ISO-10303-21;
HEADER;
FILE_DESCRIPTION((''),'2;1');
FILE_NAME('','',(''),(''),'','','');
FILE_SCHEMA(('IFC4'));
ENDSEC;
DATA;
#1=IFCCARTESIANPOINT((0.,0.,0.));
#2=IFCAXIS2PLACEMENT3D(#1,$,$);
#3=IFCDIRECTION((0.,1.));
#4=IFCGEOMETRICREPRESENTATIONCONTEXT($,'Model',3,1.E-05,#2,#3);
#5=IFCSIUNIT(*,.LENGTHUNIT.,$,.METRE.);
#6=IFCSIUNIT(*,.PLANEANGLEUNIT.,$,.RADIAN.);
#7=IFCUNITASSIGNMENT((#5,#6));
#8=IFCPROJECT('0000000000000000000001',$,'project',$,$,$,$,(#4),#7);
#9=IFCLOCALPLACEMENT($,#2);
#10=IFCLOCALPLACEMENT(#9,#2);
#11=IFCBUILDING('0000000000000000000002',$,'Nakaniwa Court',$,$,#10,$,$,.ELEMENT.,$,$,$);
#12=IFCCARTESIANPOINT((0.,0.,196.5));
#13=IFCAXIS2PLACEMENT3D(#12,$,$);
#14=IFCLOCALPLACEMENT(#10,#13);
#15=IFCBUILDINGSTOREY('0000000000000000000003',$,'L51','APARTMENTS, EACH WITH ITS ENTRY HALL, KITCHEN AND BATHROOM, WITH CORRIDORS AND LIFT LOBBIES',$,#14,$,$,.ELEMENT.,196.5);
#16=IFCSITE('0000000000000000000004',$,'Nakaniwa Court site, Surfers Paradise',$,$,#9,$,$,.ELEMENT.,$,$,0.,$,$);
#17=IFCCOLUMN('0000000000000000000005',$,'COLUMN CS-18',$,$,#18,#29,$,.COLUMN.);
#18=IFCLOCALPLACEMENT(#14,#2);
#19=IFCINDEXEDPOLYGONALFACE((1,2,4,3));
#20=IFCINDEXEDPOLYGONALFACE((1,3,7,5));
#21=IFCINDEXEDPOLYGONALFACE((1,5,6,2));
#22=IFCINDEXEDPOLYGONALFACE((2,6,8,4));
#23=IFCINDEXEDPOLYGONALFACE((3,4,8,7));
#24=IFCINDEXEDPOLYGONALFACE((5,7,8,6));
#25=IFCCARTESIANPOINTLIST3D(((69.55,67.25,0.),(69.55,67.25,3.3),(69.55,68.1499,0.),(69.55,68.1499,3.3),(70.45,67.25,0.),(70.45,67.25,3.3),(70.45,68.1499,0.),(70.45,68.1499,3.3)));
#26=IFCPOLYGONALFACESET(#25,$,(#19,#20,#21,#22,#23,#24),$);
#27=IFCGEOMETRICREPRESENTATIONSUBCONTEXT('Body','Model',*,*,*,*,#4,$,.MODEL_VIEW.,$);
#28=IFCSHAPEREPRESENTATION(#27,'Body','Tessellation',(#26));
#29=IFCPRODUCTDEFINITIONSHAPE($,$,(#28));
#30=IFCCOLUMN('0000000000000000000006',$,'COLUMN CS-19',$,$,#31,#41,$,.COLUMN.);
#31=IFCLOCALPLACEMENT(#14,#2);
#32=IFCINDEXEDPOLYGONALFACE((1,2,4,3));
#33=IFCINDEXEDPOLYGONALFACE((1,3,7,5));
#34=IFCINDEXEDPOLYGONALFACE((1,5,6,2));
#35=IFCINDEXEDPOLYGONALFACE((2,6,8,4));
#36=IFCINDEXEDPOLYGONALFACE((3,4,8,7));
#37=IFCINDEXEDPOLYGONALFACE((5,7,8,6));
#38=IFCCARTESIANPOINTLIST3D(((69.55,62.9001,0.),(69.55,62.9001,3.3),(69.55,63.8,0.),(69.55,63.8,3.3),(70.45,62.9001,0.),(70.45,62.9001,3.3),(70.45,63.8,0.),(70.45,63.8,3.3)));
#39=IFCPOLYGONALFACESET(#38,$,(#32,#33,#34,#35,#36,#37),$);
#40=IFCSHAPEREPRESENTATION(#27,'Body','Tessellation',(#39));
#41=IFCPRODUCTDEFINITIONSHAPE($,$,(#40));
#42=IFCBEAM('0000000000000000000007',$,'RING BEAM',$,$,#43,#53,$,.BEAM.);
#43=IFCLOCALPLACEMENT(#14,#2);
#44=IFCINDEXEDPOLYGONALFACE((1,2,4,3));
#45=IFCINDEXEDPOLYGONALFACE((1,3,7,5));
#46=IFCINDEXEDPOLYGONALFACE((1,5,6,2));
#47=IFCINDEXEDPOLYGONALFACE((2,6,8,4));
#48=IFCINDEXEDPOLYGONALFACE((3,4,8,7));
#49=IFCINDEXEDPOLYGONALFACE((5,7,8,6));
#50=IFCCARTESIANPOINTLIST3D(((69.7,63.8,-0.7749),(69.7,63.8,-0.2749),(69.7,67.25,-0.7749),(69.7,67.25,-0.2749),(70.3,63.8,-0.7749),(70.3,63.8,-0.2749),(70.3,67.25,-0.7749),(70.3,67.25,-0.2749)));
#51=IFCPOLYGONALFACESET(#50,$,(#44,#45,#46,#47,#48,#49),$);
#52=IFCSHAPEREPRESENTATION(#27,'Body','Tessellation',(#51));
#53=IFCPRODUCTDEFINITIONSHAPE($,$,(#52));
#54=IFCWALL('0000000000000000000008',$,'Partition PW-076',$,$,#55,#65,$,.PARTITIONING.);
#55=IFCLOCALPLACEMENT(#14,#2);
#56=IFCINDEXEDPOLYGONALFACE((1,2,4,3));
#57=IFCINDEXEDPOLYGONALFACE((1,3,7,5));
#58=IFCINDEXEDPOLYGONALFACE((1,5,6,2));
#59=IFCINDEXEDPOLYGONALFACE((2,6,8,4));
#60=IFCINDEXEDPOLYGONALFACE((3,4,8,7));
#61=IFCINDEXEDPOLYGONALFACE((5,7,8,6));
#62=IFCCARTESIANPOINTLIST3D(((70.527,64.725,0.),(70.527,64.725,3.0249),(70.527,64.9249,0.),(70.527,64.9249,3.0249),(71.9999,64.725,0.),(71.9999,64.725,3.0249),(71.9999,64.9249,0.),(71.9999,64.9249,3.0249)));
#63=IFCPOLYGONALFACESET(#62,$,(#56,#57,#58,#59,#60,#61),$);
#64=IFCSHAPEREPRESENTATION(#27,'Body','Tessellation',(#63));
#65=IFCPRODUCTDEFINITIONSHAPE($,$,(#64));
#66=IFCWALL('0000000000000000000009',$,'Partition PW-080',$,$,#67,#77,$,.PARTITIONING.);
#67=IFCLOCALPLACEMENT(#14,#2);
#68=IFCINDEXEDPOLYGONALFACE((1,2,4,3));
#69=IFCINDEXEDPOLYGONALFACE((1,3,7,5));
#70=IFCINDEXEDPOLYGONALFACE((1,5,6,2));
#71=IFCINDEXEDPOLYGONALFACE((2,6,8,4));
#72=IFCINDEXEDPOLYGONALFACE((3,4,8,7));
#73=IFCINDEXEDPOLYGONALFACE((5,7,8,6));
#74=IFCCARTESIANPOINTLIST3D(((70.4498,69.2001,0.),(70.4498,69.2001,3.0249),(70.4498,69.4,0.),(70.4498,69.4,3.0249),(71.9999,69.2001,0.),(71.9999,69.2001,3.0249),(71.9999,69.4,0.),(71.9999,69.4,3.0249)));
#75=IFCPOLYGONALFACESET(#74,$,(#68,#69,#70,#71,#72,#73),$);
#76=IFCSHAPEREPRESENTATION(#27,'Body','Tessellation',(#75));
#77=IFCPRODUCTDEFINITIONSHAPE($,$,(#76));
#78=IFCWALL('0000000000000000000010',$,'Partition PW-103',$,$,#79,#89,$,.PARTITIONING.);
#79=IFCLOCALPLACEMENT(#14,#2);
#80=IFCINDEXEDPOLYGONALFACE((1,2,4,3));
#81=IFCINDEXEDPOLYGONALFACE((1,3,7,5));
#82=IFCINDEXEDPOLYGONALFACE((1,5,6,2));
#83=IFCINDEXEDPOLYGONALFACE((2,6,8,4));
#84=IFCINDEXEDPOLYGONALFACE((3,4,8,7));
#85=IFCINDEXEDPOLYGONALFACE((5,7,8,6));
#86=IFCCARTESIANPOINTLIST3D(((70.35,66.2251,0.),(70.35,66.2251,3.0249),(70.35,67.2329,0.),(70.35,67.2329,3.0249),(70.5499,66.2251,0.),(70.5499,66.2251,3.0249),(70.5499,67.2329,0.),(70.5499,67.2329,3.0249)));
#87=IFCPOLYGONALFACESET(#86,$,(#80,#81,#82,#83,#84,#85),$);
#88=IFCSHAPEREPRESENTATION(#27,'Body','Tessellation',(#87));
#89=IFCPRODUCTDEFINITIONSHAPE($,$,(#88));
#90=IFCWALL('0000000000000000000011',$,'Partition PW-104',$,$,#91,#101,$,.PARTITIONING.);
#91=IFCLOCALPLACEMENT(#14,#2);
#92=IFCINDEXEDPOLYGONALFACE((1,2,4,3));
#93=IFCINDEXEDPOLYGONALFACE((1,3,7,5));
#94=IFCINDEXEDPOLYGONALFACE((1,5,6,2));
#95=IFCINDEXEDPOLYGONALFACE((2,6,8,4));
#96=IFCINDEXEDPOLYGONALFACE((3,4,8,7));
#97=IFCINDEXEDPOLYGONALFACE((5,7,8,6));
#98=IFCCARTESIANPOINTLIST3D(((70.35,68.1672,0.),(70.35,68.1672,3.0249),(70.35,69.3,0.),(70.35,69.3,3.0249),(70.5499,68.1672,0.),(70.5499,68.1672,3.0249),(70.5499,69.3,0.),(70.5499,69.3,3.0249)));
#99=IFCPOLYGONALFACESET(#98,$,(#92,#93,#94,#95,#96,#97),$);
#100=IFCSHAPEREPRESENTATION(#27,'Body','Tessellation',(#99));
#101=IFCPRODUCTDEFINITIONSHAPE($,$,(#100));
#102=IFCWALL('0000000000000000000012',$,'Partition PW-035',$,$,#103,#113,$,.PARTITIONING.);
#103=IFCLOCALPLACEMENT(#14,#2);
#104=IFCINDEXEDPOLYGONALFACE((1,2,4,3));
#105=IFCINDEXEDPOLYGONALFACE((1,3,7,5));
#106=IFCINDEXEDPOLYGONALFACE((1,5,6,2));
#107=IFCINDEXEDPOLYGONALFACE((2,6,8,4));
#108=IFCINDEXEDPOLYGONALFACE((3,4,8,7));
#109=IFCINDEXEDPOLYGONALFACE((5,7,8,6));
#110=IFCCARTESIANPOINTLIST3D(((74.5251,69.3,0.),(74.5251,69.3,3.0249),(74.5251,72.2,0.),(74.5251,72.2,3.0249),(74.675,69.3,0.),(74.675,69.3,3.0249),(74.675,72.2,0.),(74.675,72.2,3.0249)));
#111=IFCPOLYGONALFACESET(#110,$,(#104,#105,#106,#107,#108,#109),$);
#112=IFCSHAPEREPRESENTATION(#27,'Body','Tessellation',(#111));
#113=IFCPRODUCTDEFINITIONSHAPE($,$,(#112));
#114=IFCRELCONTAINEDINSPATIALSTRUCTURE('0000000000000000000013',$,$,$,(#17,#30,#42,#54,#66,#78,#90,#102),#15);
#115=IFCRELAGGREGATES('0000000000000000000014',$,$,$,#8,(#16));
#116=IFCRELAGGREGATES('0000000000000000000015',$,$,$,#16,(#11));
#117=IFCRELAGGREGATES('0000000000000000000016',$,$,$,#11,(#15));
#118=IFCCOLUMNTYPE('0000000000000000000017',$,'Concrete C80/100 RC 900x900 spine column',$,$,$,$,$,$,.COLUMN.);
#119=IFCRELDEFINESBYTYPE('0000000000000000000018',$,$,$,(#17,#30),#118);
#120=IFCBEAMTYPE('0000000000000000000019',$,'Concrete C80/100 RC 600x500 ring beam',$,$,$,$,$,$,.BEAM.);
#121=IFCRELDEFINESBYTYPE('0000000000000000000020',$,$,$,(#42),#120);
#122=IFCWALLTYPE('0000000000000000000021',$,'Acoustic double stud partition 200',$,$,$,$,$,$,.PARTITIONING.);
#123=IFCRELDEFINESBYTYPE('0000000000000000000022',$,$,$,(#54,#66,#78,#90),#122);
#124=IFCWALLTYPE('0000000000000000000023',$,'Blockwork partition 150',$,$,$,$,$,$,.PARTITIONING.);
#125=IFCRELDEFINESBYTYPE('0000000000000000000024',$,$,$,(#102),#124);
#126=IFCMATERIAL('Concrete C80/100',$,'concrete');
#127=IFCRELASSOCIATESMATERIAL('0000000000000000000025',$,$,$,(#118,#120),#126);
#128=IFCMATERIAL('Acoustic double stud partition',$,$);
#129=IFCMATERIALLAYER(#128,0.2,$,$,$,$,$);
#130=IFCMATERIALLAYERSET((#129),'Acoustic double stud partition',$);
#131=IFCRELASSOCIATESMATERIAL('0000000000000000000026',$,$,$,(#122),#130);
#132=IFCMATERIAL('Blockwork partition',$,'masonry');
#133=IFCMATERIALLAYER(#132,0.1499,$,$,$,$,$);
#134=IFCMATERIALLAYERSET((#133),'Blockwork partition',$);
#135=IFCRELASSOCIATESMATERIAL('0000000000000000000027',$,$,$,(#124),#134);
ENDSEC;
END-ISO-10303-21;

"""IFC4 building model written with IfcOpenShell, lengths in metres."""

from ifc_helpers import new_model, si_unit, direction, frame, frame_2d, origin, origin_2d, place, context, subcontext, project, spatial, rectangle, extrude, material, layer, layer_set, material_profile, profile_set, type_object, element, save


model = new_model("IFC4")

# Units and contexts
model_context = context("Model", 3, precision=1e-05, world=origin(), true_north=direction((0.0, 1.0)))
body_context = subcontext(model_context, "Body", "Model", "MODEL_VIEW")
ifc_project = project(units=[si_unit("LENGTHUNIT", "METRE"), si_unit("PLANEANGLEUNIT", "RADIAN")], contexts=[model_context])

# Site, building, storey
site_placement = place(None, origin())
site = spatial("IfcSite", under=ifc_project, at=site_placement, Name="Nakaniwa Court site, Surfers Paradise", CompositionType="ELEMENT", RefElevation=0.0)
building_placement = place(site_placement, origin())
building = spatial("IfcBuilding", under=site, at=building_placement, Name="Nakaniwa Court", CompositionType="ELEMENT")
storey_placement = place(building_placement, frame((0.0, 0.0, 196.5)))
storey = spatial("IfcBuildingStorey", under=building, at=storey_placement, Name="L51", Description="APARTMENTS, EACH WITH ITS ENTRY HALL, KITCHEN AND BATHROOM, WITH CORRIDORS AND LIFT LOBBIES", CompositionType="ELEMENT", Elevation=196.5)

# Columns
ifc_material_1 = material(Name="Concrete C80/100", Category="concrete")
ifc_material_profile_1 = material_profile(ifc_material_1, rectangle(XDim=0.8999, YDim=0.8999, at=origin_2d()), Name="Concrete C80/100 RC 900x900 spine column")
ifc_profile_set_1 = profile_set([ifc_material_profile_1], Name="Concrete C80/100")
column_type = type_object("IfcColumnType", Name="Concrete C80/100 RC 900x900 spine column", PredefinedType="COLUMN", material=ifc_profile_set_1)
for number, where, z_axis, x_axis, name in (
    (1, (70.0, 67.7, 0.0), (0.0, 0.0, 1.0), (0.0, -1.0, 0.0), "COLUMN CS-18"),
    (2, (70.0, 63.3501, 0.0), (0.0, 0.0, 1.0), (0.0, -1.0, 0.0), "COLUMN CS-19"),
):
    element("IfcColumn", number, at=place(storey_placement, frame(where, z_axis=z_axis, x_axis=x_axis)), inside=storey, type_object=column_type, Name=name, PredefinedType="COLUMN", context=body_context, shape_type="SweptSolid", body=[
        extrude(rectangle(XDim=0.8999, YDim=0.8999, at=origin_2d()), origin(), (0.0, 0.0, 1.0), 3.3),
    ])

# Beam
ifc_material_profile_2 = material_profile(ifc_material_1, rectangle(XDim=0.6001, YDim=0.5, at=origin_2d()), Name="Concrete C80/100 RC 600x500 ring beam")
ifc_profile_set_2 = profile_set([ifc_material_profile_2], Name="Concrete C80/100")
beam_type = type_object("IfcBeamType", Name="Concrete C80/100 RC 600x500 ring beam", PredefinedType="BEAM", material=ifc_profile_set_2)
beam_placement = place(storey_placement, frame((70.0, 67.25, -0.5249), z_axis=(0.0, -1.0, 0.0), x_axis=(1.0, 0.0, 0.0)))
element("IfcBeam", 3, at=beam_placement, inside=storey, type_object=beam_type, Name="RING BEAM", PredefinedType="BEAM", context=body_context, shape_type="SweptSolid", body=[
    extrude(rectangle(XDim=0.6001, YDim=0.5, at=origin_2d()), origin(), (0.0, 0.0, 1.0), 3.45),
])

# Walls
ifc_material_2 = material(Name="Acoustic double stud partition")
ifc_layer_1 = layer(ifc_material_2, 0.2)
ifc_layer_set_1 = layer_set([ifc_layer_1], Name="Acoustic double stud partition")
wall_type_1 = type_object("IfcWallType", Name="Acoustic double stud partition 200", PredefinedType="PARTITIONING", material=ifc_layer_set_1)
wall_1_placement = place(storey_placement, frame((70.5271, 64.825, 0.0), z_axis=(0.0, 0.0, 1.0), x_axis=(1.0, 0.0, 0.0)))
element("IfcWall", 4, at=wall_1_placement, inside=storey, type_object=wall_type_1, Name="Partition PW-076", PredefinedType="PARTITIONING", context=body_context, shape_type="SweptSolid", body=[
    extrude(rectangle(XDim=1.4729, YDim=0.2, at=frame_2d((0.7363, 0.0))), origin(), (0.0, 0.0, 1.0), 3.0249),
])
wall_2_placement = place(storey_placement, frame((70.45, 69.3, 0.0), z_axis=(0.0, 0.0, 1.0), x_axis=(1.0, 0.0, 0.0)))
element("IfcWall", 5, at=wall_2_placement, inside=storey, type_object=wall_type_1, Name="Partition PW-080", PredefinedType="PARTITIONING", context=body_context, shape_type="SweptSolid", body=[
    extrude(rectangle(XDim=1.55, YDim=0.2, at=frame_2d((0.7749, 0.0))), origin(), (0.0, 0.0, 1.0), 3.0249),
])
wall_3_placement = place(storey_placement, frame((70.45, 66.2251, 0.0), z_axis=(0.0, 0.0, 1.0), x_axis=(0.0, 1.0, 0.0)))
element("IfcWall", 6, at=wall_3_placement, inside=storey, type_object=wall_type_1, Name="Partition PW-103", PredefinedType="PARTITIONING", context=body_context, shape_type="SweptSolid", body=[
    extrude(rectangle(XDim=1.0078, YDim=0.2, at=frame_2d((0.5039, 0.0))), origin(), (0.0, 0.0, 1.0), 3.0249),
])
wall_4_placement = place(storey_placement, frame((70.45, 68.1672, 0.0), z_axis=(0.0, 0.0, 1.0), x_axis=(0.0, 1.0, 0.0)))
element("IfcWall", 7, at=wall_4_placement, inside=storey, type_object=wall_type_1, Name="Partition PW-104", PredefinedType="PARTITIONING", context=body_context, shape_type="SweptSolid", body=[
    extrude(rectangle(XDim=1.1328, YDim=0.2, at=frame_2d((0.5664, 0.0))), origin(), (0.0, 0.0, 1.0), 3.0249),
])
ifc_material_3 = material(Name="Blockwork partition", Category="masonry")
ifc_layer_2 = layer(ifc_material_3, 0.1499)
ifc_layer_set_2 = layer_set([ifc_layer_2], Name="Blockwork partition")
wall_type_2 = type_object("IfcWallType", Name="Blockwork partition 150", PredefinedType="PARTITIONING", material=ifc_layer_set_2)
wall_5_placement = place(storey_placement, frame((74.6001, 69.3, 0.0), z_axis=(0.0, 0.0, 1.0), x_axis=(0.0, 1.0, 0.0)))
element("IfcWall", 8, at=wall_5_placement, inside=storey, type_object=wall_type_2, Name="Partition PW-035", PredefinedType="PARTITIONING", context=body_context, shape_type="SweptSolid", body=[
    extrude(rectangle(XDim=2.8999, YDim=0.1499, at=frame_2d((1.45, 0.0))), origin(), (0.0, 0.0, 1.0), 3.0249),
])

save(model, "model.ifc")
